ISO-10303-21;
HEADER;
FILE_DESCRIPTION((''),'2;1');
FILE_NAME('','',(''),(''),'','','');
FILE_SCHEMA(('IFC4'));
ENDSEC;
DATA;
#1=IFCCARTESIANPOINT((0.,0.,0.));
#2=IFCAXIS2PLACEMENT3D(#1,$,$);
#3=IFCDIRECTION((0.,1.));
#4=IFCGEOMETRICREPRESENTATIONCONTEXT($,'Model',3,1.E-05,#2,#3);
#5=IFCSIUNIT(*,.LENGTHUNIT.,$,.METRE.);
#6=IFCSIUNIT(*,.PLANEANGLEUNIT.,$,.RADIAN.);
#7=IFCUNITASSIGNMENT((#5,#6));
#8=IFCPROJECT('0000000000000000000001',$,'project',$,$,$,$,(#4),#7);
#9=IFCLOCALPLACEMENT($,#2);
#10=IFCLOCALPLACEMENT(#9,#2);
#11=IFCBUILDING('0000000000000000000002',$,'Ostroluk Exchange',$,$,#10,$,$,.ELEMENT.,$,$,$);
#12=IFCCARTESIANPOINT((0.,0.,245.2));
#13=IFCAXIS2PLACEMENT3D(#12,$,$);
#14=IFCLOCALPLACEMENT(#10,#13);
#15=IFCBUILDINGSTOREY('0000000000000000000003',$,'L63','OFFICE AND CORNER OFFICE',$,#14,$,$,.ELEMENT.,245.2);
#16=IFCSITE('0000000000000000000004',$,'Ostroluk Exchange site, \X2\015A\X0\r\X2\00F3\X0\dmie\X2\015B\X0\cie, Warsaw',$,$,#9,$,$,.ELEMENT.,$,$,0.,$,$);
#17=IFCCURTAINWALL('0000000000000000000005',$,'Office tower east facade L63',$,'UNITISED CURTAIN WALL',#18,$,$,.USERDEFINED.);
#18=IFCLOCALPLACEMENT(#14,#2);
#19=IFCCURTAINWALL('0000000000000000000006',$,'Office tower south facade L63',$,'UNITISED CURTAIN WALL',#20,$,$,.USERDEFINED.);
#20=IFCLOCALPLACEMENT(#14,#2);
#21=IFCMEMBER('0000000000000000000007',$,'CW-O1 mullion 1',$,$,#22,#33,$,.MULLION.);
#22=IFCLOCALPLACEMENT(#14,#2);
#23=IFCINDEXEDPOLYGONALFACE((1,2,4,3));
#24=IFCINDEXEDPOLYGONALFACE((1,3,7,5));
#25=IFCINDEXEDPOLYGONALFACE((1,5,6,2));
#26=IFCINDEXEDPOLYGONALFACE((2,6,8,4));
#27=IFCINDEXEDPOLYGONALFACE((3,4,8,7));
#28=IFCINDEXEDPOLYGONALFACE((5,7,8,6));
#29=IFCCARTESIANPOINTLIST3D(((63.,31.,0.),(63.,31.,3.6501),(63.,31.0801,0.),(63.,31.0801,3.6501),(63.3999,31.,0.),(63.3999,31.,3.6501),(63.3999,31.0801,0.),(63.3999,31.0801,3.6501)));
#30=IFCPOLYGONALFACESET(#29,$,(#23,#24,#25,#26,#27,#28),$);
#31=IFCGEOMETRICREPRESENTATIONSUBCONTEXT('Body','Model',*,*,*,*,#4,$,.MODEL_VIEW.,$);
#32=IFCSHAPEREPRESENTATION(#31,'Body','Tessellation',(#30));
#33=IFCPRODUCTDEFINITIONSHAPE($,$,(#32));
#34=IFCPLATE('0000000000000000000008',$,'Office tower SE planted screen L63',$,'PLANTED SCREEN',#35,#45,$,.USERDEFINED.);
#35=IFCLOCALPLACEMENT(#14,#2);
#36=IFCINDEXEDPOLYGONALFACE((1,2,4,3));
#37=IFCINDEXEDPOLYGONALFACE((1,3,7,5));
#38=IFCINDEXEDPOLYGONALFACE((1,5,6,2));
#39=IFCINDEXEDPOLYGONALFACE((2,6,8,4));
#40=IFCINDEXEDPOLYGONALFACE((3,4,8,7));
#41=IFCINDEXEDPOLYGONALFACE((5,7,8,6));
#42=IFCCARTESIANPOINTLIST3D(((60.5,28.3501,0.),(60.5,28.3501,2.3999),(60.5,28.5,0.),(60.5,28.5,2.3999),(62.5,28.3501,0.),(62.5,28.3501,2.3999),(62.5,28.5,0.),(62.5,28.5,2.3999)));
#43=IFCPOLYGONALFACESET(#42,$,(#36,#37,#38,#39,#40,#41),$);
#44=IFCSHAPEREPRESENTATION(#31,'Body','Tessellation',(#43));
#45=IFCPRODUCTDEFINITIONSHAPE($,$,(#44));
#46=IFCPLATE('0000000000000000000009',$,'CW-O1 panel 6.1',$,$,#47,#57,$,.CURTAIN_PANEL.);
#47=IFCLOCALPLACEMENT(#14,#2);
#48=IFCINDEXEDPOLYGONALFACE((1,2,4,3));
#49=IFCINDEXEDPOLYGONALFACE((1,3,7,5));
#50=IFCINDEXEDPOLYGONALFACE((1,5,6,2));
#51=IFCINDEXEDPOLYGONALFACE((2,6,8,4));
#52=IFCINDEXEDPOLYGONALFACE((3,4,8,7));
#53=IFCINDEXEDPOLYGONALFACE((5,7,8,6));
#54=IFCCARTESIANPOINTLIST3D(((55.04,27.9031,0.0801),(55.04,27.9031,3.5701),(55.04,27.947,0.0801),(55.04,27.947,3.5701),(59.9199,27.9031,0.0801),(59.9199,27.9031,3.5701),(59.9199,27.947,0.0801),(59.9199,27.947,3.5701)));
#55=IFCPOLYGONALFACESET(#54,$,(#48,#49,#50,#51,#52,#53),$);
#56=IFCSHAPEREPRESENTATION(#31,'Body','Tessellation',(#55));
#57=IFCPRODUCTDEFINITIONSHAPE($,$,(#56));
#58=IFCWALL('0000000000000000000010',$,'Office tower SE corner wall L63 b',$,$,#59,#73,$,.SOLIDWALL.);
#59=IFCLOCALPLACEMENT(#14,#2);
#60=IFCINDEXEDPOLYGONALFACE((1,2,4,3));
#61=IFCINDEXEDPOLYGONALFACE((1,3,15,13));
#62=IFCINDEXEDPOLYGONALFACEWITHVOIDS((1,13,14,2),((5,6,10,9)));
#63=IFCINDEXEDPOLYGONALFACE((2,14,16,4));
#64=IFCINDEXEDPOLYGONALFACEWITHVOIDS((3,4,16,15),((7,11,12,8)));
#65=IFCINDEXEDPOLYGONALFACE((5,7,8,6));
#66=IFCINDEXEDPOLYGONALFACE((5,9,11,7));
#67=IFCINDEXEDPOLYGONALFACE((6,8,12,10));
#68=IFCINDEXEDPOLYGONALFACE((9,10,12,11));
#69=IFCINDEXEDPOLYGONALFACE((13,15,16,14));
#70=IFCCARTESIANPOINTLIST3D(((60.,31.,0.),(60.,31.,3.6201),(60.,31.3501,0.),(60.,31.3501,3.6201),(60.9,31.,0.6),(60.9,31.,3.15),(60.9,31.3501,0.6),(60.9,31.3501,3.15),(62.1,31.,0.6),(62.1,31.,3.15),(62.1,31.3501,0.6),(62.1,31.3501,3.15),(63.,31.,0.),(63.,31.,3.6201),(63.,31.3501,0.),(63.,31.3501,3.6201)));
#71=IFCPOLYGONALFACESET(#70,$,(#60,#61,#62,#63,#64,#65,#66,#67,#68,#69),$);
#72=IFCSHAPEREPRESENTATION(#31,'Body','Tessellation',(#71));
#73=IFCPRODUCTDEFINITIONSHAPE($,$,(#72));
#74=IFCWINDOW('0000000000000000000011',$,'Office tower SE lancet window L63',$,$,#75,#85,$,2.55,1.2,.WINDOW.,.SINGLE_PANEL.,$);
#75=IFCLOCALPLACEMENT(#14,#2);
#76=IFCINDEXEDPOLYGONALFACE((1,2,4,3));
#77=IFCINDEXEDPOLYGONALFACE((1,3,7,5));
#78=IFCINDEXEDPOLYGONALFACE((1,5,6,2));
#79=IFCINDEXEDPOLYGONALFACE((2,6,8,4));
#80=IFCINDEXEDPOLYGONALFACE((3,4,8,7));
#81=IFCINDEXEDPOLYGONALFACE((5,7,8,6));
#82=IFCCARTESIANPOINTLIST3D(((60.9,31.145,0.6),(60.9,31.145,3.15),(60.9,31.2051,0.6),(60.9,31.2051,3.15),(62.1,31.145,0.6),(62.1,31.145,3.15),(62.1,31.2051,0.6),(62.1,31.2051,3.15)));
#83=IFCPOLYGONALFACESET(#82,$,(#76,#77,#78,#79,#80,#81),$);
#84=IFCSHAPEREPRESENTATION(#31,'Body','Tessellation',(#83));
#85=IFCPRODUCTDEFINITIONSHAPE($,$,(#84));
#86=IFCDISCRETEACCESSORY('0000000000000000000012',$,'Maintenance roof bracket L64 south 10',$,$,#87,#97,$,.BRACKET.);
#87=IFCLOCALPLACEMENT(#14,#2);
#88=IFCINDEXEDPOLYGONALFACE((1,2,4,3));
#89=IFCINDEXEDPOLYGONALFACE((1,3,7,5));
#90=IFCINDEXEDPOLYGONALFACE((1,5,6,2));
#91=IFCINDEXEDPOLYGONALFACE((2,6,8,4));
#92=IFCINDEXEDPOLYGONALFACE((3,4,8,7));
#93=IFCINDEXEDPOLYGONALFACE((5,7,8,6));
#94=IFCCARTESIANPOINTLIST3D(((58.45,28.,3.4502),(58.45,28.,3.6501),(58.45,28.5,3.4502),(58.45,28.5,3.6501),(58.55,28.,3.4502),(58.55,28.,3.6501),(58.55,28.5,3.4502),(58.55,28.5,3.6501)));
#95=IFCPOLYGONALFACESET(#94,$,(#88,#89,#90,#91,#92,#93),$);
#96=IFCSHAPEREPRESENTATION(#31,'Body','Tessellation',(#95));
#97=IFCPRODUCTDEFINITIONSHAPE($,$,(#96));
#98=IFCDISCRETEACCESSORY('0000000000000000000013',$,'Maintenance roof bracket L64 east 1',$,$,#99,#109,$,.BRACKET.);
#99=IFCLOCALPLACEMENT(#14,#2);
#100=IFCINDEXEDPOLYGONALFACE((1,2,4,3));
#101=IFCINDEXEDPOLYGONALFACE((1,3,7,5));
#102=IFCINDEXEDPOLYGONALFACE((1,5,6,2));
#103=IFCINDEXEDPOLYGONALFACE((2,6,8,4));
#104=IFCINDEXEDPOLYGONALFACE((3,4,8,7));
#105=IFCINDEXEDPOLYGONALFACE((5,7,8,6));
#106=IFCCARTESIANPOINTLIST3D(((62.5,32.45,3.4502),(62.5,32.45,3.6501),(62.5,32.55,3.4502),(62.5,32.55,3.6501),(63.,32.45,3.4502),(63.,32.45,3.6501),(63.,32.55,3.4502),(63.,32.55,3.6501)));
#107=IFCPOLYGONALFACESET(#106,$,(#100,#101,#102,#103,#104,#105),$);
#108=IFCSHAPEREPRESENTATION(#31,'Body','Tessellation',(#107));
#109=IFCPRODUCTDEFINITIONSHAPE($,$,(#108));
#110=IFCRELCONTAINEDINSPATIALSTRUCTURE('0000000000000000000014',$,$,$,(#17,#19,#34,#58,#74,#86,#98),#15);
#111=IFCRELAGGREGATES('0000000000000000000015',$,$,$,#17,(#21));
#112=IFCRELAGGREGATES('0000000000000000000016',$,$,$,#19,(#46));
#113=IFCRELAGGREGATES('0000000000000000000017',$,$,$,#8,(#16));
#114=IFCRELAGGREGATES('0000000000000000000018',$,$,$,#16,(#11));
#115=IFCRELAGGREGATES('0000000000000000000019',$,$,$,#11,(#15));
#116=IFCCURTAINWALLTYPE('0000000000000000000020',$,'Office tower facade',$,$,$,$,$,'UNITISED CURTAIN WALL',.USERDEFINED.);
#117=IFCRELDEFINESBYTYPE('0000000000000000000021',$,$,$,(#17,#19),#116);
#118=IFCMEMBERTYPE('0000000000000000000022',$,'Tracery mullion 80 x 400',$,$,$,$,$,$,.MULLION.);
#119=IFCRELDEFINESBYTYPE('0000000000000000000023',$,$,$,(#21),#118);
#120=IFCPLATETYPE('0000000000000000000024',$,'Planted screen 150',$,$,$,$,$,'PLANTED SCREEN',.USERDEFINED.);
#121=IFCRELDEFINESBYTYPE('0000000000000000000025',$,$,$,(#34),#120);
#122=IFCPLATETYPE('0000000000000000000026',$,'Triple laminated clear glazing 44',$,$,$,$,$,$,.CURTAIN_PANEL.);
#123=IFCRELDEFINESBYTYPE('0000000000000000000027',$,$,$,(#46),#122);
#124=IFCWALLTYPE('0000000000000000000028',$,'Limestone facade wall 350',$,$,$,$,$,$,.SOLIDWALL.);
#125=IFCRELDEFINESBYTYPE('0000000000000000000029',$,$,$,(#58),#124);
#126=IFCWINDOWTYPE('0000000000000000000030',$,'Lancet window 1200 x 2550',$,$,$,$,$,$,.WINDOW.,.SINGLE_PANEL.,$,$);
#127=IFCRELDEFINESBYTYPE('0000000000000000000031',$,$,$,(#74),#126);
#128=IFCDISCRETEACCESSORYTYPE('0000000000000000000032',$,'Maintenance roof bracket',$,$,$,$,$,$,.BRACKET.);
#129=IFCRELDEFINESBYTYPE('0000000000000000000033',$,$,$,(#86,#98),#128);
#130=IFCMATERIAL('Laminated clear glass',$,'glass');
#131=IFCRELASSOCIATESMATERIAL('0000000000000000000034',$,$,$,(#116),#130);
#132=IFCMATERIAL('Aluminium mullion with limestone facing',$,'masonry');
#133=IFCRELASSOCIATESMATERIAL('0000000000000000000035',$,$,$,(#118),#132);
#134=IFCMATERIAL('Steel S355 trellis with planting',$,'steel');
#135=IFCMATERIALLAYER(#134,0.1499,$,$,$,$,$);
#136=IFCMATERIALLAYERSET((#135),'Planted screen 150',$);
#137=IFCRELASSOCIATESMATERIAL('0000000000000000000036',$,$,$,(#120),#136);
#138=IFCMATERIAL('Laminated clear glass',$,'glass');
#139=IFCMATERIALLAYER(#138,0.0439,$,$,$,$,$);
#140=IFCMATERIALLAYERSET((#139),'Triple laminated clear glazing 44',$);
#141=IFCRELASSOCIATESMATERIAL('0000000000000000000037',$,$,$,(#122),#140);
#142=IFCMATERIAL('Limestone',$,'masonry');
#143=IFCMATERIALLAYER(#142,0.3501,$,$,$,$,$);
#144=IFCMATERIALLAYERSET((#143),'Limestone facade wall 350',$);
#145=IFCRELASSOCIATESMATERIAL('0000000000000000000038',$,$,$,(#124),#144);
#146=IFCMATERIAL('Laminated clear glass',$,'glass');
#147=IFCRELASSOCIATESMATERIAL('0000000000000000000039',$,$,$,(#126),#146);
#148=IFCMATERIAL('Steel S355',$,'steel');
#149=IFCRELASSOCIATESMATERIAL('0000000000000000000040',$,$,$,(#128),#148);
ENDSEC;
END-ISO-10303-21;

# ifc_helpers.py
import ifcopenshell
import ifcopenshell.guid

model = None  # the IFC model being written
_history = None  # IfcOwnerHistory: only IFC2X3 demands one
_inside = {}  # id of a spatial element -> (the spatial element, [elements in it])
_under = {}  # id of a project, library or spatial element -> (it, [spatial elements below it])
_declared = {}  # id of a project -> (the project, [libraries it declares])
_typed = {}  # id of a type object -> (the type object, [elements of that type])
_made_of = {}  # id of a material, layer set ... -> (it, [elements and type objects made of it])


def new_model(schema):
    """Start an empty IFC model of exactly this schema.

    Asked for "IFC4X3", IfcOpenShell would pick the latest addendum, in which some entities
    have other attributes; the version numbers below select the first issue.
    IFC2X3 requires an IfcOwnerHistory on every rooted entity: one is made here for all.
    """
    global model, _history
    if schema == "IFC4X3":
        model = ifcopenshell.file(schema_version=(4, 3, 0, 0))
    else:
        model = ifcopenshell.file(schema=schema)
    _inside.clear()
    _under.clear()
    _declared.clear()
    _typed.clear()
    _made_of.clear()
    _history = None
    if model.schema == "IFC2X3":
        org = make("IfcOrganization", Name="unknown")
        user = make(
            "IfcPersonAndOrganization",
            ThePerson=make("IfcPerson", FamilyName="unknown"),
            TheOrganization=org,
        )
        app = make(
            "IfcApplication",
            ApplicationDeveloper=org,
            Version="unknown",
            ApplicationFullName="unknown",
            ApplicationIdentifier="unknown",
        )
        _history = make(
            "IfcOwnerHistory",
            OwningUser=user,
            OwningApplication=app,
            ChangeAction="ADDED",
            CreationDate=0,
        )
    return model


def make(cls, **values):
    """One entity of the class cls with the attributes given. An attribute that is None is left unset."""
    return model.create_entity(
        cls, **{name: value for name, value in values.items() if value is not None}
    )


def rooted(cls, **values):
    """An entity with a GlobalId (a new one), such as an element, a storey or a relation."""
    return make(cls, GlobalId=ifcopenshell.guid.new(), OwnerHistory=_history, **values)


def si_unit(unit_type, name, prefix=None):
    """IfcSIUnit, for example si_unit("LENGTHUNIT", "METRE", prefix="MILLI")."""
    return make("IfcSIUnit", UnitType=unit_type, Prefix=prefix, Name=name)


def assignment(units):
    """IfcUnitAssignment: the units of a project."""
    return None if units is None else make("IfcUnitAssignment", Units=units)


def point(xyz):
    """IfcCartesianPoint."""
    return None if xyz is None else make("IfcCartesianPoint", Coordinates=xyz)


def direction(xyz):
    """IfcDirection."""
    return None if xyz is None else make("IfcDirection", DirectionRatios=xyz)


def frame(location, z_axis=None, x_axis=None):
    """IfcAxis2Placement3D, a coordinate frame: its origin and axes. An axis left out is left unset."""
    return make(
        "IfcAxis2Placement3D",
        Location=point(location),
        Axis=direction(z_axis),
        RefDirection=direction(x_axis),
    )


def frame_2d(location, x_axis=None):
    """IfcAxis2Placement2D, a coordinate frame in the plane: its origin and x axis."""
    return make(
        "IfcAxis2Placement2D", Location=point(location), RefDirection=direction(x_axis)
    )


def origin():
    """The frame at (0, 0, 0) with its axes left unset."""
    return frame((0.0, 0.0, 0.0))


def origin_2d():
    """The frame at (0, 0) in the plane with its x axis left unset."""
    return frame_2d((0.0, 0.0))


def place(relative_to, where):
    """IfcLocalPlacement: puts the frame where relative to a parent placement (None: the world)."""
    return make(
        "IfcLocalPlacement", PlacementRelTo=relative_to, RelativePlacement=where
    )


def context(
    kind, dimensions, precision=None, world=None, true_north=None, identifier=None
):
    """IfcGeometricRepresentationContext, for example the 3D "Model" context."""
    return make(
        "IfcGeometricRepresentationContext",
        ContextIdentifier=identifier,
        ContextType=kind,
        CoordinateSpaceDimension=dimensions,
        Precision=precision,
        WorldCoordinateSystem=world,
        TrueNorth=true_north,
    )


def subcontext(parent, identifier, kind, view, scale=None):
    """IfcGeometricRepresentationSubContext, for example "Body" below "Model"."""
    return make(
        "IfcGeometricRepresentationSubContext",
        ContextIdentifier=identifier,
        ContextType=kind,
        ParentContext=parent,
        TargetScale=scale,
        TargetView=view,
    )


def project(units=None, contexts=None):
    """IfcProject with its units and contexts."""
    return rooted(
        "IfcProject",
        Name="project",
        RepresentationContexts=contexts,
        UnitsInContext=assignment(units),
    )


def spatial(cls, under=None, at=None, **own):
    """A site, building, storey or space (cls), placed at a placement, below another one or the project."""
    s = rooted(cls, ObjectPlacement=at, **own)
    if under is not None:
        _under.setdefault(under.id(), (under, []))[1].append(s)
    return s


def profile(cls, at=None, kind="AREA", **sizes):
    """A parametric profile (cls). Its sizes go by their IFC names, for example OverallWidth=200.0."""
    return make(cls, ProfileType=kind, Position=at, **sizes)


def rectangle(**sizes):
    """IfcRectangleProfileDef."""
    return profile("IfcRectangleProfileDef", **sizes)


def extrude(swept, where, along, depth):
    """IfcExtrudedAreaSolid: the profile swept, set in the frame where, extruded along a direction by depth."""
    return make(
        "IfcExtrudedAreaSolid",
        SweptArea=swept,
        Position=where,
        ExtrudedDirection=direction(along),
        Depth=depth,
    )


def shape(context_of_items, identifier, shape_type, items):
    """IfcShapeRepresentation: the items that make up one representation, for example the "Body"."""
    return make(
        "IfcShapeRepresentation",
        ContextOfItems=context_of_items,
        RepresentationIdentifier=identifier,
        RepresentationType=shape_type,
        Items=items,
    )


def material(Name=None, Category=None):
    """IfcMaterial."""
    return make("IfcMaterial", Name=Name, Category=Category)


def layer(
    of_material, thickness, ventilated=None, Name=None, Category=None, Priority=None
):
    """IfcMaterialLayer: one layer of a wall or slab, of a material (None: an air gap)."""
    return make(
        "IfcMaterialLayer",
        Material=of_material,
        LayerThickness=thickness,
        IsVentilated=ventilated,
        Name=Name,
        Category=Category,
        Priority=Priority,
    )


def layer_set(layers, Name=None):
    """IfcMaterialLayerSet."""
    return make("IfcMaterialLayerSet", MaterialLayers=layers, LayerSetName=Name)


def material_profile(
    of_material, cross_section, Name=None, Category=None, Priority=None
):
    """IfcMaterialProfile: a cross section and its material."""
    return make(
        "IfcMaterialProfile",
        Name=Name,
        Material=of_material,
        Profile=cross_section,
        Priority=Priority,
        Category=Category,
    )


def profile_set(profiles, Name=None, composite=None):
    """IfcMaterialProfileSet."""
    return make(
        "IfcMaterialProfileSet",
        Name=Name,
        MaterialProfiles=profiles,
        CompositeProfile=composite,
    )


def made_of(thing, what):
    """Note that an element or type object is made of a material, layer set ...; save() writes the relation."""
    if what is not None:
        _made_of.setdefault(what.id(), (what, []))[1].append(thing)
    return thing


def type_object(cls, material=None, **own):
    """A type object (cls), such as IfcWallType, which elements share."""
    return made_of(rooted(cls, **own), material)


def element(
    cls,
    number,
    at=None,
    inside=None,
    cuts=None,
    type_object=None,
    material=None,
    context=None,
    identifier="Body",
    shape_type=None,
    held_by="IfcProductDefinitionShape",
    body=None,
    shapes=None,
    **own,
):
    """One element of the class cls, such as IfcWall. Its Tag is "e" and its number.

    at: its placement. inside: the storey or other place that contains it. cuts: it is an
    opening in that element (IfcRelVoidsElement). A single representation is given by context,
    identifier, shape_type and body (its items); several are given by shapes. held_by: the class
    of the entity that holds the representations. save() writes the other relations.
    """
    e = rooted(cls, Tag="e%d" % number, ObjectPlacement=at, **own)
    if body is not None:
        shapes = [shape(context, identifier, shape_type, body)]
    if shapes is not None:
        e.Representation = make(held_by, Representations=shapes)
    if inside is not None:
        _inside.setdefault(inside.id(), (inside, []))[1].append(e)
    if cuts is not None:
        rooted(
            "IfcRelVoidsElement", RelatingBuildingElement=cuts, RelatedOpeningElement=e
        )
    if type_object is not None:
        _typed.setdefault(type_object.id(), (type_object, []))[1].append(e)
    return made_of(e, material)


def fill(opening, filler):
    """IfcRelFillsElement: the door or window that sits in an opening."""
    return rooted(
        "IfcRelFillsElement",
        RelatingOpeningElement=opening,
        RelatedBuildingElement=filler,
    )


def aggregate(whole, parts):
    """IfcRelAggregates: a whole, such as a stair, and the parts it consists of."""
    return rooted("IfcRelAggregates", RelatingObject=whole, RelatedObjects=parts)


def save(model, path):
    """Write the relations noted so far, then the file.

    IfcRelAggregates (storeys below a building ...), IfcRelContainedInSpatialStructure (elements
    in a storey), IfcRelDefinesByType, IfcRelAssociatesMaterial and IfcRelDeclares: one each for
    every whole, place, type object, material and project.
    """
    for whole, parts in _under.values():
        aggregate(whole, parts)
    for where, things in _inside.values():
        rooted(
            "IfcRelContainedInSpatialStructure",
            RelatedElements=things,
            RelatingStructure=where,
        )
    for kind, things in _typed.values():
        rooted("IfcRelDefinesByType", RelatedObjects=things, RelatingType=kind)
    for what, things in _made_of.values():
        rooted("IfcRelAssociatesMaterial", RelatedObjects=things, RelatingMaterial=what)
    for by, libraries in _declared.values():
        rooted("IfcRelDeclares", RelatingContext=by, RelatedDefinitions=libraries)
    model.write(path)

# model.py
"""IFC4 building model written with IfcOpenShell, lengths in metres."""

from ifc_helpers import new_model, si_unit, direction, frame, frame_2d, origin, origin_2d, place, context, subcontext, project, spatial, rectangle, extrude, material, layer, layer_set, material_profile, profile_set, type_object, element, fill, aggregate, save


model = new_model("IFC4")

# Units and contexts
model_context = context("Model", 3, precision=1e-05, world=origin(), true_north=direction((0.0, 1.0)))
body_context = subcontext(model_context, "Body", "Model", "MODEL_VIEW")
ifc_project = project(units=[si_unit("LENGTHUNIT", "METRE"), si_unit("PLANEANGLEUNIT", "RADIAN")], contexts=[model_context])

# Site, building, storey
site_placement = place(None, origin())
site = spatial("IfcSite", under=ifc_project, at=site_placement, Name="Ostroluk Exchange site, Śródmieście, Warsaw", CompositionType="ELEMENT", RefElevation=0.0)
building_placement = place(site_placement, origin())
building = spatial("IfcBuilding", under=site, at=building_placement, Name="Ostroluk Exchange", CompositionType="ELEMENT")
storey_placement = place(building_placement, frame((0.0, 0.0, 245.2)))
storey = spatial("IfcBuildingStorey", under=building, at=storey_placement, Name="L63", Description="OFFICE AND CORNER OFFICE", CompositionType="ELEMENT", Elevation=245.2)

# Curtain wall
ifc_material_1 = material(Name="Laminated clear glass", Category="glass")
curtain_wall_type = type_object("IfcCurtainWallType", Name="Office tower facade", ElementType="UNITISED CURTAIN WALL", PredefinedType="USERDEFINED", material=ifc_material_1)
curtain_wall_1_placement = place(storey_placement, origin())
curtain_wall_1 = element("IfcCurtainWall", 1, at=curtain_wall_1_placement, inside=storey, type_object=curtain_wall_type, Name="Office tower east facade L63", ObjectType="UNITISED CURTAIN WALL", PredefinedType="USERDEFINED")

# Curtain wall
curtain_wall_2_placement = place(storey_placement, origin())
curtain_wall_2 = element("IfcCurtainWall", 2, at=curtain_wall_2_placement, inside=storey, type_object=curtain_wall_type, Name="Office tower south facade L63", ObjectType="UNITISED CURTAIN WALL", PredefinedType="USERDEFINED")
ifc_material_2 = material(Name="Aluminium mullion with limestone facing", Category="masonry")
ifc_material_profile_1 = material_profile(ifc_material_2, rectangle(XDim=0.3999, YDim=0.0801, at=origin_2d()), Name="Tracery mullion 80 x 400")
ifc_profile_set_1 = profile_set([ifc_material_profile_1], Name="Aluminium mullion with limestone facing")
member_type_1 = type_object("IfcMemberType", Name="Tracery mullion 80 x 400", PredefinedType="MULLION", material=ifc_profile_set_1)

# Member
member_1_placement = place(storey_placement, frame((63.2, 31.04, 0.0), z_axis=(0.0, 0.0, 1.0), x_axis=(-1.0, 0.0, 0.0)))
member_1 = element("IfcMember", 3, at=member_1_placement, type_object=member_type_1, Name="CW-O1 mullion 1", PredefinedType="MULLION", context=body_context, shape_type="SweptSolid", body=[
    extrude(rectangle(XDim=0.3999, YDim=0.0801, at=origin_2d()), origin(), (0.0, 0.0, 1.0), 3.6501),
])
aggregate(curtain_wall_1, [member_1])

# Plates
ifc_material_3 = material(Name="Steel S355 trellis with planting", Category="steel")
ifc_layer_1 = layer(ifc_material_3, 0.1499)
ifc_layer_set_1 = layer_set([ifc_layer_1], Name="Planted screen 150")
plate_type_1 = type_object("IfcPlateType", Name="Planted screen 150", ElementType="PLANTED SCREEN", PredefinedType="USERDEFINED", material=ifc_layer_set_1)
plate_1_placement = place(storey_placement, frame((61.5, 28.425, 0.0), z_axis=(0.0, 0.0, 1.0), x_axis=(1.0, 0.0, 0.0)))
element("IfcPlate", 4, at=plate_1_placement, inside=storey, type_object=plate_type_1, Name="Office tower SE planted screen L63", ObjectType="PLANTED SCREEN", PredefinedType="USERDEFINED", context=body_context, shape_type="SweptSolid", body=[
    extrude(rectangle(XDim=2.0, YDim=0.1499, at=origin_2d()), origin(), (0.0, 0.0, 1.0), 2.3999),
])
ifc_material_4 = material(Name="Laminated clear glass", Category="glass")
ifc_layer_2 = layer(ifc_material_4, 0.0439)
ifc_layer_set_2 = layer_set([ifc_layer_2], Name="Triple laminated clear glazing 44")
plate_type_2 = type_object("IfcPlateType", Name="Triple laminated clear glazing 44", PredefinedType="CURTAIN_PANEL", material=ifc_layer_set_2)
plate_2_placement = place(storey_placement, frame((57.48, 27.925, 0.0801), z_axis=(0.0, 0.0, 1.0), x_axis=(1.0, 0.0, 0.0)))
plate_2 = element("IfcPlate", 5, at=plate_2_placement, type_object=plate_type_2, Name="CW-O1 panel 6.1", PredefinedType="CURTAIN_PANEL", context=body_context, shape_type="SweptSolid", body=[
    extrude(rectangle(XDim=4.8799, YDim=0.0439, at=origin_2d()), origin(), (0.0, 0.0, 1.0), 3.49),
])
aggregate(curtain_wall_2, [plate_2])

# Shared definitions
ifc_material_5 = material(Name="Limestone", Category="masonry")
ifc_layer_3 = layer(ifc_material_5, 0.3501)
ifc_layer_set_3 = layer_set([ifc_layer_3], Name="Limestone facade wall 350")
wall_type = type_object("IfcWallType", Name="Limestone facade wall 350", PredefinedType="SOLIDWALL", material=ifc_layer_set_3)

# Wall, opening, window
wall_1_placement = place(storey_placement, frame((60.0, 31.175, 0.0), z_axis=(0.0, 0.0, 1.0), x_axis=(1.0, 0.0, 0.0)))
wall_1 = element("IfcWall", 6, at=wall_1_placement, inside=storey, type_object=wall_type, Name="Office tower SE corner wall L63 b", PredefinedType="SOLIDWALL", context=body_context, shape_type="SweptSolid", body=[
    extrude(rectangle(XDim=3.0, YDim=0.3501, at=frame_2d((1.5, 0.0))), origin(), (0.0, 0.0, 1.0), 3.6201),
])
opening_1_placement = place(wall_1_placement, frame((0.8999, 0.0, 0.6001)))
opening_1 = element("IfcOpeningElement", 7, at=opening_1_placement, cuts=wall_1, PredefinedType="OPENING", context=body_context, shape_type="SweptSolid", body=[
    extrude(rectangle(XDim=1.2, YDim=2.55, at=frame_2d((0.6001, 1.2749))), frame((0.0, 0.1851, 0.0), z_axis=(0.0, -1.0, 0.0), x_axis=(1.0, 0.0, 0.0)), (0.0, 0.0, 1.0), 0.3701),
])
ifc_material_6 = material(Name="Laminated clear glass", Category="glass")
window_type = type_object("IfcWindowType", Name="Lancet window 1200 x 2550", PartitioningType="SINGLE_PANEL", PredefinedType="WINDOW", material=ifc_material_6)
window_placement = place(opening_1_placement, origin())
window = element("IfcWindow", 8, at=window_placement, inside=storey, type_object=window_type, Name="Office tower SE lancet window L63", OverallHeight=2.55, OverallWidth=1.2, PartitioningType="SINGLE_PANEL", PredefinedType="WINDOW", context=body_context, shape_type="SweptSolid", body=[
    extrude(rectangle(XDim=1.2, YDim=2.55, at=frame_2d((0.6001, 1.2749))), frame((0.0, 0.03, 0.0), z_axis=(0.0, -1.0, 0.0), x_axis=(1.0, 0.0, 0.0)), (0.0, 0.0, 1.0), 0.0601),
])
fill(opening_1, window)

# Discrete accessories
ifc_material_7 = material(Name="Steel S355", Category="steel")
discrete_accessory_type = type_object("IfcDiscreteAccessoryType", Name="Maintenance roof bracket", PredefinedType="BRACKET", material=ifc_material_7)
discrete_accessory_1_placement = place(storey_placement, frame((58.5, 28.25, 3.4502), z_axis=(0.0, 0.0, 1.0), x_axis=(1.0, 0.0, 0.0)))
element("IfcDiscreteAccessory", 9, at=discrete_accessory_1_placement, inside=storey, type_object=discrete_accessory_type, Name="Maintenance roof bracket L64 south 10", PredefinedType="BRACKET", context=body_context, shape_type="SweptSolid", body=[
    extrude(rectangle(XDim=0.1001, YDim=0.5, at=origin_2d()), origin(), (0.0, 0.0, 1.0), 0.2),
])
discrete_accessory_2_placement = place(storey_placement, frame((62.75, 32.5, 3.4502), z_axis=(0.0, 0.0, 1.0), x_axis=(1.0, 0.0, 0.0)))
element("IfcDiscreteAccessory", 10, at=discrete_accessory_2_placement, inside=storey, type_object=discrete_accessory_type, Name="Maintenance roof bracket L64 east 1", PredefinedType="BRACKET", context=body_context, shape_type="SweptSolid", body=[
    extrude(rectangle(XDim=0.5, YDim=0.1001, at=origin_2d()), origin(), (0.0, 0.0, 1.0), 0.2),
])

save(model, "model.ifc")
